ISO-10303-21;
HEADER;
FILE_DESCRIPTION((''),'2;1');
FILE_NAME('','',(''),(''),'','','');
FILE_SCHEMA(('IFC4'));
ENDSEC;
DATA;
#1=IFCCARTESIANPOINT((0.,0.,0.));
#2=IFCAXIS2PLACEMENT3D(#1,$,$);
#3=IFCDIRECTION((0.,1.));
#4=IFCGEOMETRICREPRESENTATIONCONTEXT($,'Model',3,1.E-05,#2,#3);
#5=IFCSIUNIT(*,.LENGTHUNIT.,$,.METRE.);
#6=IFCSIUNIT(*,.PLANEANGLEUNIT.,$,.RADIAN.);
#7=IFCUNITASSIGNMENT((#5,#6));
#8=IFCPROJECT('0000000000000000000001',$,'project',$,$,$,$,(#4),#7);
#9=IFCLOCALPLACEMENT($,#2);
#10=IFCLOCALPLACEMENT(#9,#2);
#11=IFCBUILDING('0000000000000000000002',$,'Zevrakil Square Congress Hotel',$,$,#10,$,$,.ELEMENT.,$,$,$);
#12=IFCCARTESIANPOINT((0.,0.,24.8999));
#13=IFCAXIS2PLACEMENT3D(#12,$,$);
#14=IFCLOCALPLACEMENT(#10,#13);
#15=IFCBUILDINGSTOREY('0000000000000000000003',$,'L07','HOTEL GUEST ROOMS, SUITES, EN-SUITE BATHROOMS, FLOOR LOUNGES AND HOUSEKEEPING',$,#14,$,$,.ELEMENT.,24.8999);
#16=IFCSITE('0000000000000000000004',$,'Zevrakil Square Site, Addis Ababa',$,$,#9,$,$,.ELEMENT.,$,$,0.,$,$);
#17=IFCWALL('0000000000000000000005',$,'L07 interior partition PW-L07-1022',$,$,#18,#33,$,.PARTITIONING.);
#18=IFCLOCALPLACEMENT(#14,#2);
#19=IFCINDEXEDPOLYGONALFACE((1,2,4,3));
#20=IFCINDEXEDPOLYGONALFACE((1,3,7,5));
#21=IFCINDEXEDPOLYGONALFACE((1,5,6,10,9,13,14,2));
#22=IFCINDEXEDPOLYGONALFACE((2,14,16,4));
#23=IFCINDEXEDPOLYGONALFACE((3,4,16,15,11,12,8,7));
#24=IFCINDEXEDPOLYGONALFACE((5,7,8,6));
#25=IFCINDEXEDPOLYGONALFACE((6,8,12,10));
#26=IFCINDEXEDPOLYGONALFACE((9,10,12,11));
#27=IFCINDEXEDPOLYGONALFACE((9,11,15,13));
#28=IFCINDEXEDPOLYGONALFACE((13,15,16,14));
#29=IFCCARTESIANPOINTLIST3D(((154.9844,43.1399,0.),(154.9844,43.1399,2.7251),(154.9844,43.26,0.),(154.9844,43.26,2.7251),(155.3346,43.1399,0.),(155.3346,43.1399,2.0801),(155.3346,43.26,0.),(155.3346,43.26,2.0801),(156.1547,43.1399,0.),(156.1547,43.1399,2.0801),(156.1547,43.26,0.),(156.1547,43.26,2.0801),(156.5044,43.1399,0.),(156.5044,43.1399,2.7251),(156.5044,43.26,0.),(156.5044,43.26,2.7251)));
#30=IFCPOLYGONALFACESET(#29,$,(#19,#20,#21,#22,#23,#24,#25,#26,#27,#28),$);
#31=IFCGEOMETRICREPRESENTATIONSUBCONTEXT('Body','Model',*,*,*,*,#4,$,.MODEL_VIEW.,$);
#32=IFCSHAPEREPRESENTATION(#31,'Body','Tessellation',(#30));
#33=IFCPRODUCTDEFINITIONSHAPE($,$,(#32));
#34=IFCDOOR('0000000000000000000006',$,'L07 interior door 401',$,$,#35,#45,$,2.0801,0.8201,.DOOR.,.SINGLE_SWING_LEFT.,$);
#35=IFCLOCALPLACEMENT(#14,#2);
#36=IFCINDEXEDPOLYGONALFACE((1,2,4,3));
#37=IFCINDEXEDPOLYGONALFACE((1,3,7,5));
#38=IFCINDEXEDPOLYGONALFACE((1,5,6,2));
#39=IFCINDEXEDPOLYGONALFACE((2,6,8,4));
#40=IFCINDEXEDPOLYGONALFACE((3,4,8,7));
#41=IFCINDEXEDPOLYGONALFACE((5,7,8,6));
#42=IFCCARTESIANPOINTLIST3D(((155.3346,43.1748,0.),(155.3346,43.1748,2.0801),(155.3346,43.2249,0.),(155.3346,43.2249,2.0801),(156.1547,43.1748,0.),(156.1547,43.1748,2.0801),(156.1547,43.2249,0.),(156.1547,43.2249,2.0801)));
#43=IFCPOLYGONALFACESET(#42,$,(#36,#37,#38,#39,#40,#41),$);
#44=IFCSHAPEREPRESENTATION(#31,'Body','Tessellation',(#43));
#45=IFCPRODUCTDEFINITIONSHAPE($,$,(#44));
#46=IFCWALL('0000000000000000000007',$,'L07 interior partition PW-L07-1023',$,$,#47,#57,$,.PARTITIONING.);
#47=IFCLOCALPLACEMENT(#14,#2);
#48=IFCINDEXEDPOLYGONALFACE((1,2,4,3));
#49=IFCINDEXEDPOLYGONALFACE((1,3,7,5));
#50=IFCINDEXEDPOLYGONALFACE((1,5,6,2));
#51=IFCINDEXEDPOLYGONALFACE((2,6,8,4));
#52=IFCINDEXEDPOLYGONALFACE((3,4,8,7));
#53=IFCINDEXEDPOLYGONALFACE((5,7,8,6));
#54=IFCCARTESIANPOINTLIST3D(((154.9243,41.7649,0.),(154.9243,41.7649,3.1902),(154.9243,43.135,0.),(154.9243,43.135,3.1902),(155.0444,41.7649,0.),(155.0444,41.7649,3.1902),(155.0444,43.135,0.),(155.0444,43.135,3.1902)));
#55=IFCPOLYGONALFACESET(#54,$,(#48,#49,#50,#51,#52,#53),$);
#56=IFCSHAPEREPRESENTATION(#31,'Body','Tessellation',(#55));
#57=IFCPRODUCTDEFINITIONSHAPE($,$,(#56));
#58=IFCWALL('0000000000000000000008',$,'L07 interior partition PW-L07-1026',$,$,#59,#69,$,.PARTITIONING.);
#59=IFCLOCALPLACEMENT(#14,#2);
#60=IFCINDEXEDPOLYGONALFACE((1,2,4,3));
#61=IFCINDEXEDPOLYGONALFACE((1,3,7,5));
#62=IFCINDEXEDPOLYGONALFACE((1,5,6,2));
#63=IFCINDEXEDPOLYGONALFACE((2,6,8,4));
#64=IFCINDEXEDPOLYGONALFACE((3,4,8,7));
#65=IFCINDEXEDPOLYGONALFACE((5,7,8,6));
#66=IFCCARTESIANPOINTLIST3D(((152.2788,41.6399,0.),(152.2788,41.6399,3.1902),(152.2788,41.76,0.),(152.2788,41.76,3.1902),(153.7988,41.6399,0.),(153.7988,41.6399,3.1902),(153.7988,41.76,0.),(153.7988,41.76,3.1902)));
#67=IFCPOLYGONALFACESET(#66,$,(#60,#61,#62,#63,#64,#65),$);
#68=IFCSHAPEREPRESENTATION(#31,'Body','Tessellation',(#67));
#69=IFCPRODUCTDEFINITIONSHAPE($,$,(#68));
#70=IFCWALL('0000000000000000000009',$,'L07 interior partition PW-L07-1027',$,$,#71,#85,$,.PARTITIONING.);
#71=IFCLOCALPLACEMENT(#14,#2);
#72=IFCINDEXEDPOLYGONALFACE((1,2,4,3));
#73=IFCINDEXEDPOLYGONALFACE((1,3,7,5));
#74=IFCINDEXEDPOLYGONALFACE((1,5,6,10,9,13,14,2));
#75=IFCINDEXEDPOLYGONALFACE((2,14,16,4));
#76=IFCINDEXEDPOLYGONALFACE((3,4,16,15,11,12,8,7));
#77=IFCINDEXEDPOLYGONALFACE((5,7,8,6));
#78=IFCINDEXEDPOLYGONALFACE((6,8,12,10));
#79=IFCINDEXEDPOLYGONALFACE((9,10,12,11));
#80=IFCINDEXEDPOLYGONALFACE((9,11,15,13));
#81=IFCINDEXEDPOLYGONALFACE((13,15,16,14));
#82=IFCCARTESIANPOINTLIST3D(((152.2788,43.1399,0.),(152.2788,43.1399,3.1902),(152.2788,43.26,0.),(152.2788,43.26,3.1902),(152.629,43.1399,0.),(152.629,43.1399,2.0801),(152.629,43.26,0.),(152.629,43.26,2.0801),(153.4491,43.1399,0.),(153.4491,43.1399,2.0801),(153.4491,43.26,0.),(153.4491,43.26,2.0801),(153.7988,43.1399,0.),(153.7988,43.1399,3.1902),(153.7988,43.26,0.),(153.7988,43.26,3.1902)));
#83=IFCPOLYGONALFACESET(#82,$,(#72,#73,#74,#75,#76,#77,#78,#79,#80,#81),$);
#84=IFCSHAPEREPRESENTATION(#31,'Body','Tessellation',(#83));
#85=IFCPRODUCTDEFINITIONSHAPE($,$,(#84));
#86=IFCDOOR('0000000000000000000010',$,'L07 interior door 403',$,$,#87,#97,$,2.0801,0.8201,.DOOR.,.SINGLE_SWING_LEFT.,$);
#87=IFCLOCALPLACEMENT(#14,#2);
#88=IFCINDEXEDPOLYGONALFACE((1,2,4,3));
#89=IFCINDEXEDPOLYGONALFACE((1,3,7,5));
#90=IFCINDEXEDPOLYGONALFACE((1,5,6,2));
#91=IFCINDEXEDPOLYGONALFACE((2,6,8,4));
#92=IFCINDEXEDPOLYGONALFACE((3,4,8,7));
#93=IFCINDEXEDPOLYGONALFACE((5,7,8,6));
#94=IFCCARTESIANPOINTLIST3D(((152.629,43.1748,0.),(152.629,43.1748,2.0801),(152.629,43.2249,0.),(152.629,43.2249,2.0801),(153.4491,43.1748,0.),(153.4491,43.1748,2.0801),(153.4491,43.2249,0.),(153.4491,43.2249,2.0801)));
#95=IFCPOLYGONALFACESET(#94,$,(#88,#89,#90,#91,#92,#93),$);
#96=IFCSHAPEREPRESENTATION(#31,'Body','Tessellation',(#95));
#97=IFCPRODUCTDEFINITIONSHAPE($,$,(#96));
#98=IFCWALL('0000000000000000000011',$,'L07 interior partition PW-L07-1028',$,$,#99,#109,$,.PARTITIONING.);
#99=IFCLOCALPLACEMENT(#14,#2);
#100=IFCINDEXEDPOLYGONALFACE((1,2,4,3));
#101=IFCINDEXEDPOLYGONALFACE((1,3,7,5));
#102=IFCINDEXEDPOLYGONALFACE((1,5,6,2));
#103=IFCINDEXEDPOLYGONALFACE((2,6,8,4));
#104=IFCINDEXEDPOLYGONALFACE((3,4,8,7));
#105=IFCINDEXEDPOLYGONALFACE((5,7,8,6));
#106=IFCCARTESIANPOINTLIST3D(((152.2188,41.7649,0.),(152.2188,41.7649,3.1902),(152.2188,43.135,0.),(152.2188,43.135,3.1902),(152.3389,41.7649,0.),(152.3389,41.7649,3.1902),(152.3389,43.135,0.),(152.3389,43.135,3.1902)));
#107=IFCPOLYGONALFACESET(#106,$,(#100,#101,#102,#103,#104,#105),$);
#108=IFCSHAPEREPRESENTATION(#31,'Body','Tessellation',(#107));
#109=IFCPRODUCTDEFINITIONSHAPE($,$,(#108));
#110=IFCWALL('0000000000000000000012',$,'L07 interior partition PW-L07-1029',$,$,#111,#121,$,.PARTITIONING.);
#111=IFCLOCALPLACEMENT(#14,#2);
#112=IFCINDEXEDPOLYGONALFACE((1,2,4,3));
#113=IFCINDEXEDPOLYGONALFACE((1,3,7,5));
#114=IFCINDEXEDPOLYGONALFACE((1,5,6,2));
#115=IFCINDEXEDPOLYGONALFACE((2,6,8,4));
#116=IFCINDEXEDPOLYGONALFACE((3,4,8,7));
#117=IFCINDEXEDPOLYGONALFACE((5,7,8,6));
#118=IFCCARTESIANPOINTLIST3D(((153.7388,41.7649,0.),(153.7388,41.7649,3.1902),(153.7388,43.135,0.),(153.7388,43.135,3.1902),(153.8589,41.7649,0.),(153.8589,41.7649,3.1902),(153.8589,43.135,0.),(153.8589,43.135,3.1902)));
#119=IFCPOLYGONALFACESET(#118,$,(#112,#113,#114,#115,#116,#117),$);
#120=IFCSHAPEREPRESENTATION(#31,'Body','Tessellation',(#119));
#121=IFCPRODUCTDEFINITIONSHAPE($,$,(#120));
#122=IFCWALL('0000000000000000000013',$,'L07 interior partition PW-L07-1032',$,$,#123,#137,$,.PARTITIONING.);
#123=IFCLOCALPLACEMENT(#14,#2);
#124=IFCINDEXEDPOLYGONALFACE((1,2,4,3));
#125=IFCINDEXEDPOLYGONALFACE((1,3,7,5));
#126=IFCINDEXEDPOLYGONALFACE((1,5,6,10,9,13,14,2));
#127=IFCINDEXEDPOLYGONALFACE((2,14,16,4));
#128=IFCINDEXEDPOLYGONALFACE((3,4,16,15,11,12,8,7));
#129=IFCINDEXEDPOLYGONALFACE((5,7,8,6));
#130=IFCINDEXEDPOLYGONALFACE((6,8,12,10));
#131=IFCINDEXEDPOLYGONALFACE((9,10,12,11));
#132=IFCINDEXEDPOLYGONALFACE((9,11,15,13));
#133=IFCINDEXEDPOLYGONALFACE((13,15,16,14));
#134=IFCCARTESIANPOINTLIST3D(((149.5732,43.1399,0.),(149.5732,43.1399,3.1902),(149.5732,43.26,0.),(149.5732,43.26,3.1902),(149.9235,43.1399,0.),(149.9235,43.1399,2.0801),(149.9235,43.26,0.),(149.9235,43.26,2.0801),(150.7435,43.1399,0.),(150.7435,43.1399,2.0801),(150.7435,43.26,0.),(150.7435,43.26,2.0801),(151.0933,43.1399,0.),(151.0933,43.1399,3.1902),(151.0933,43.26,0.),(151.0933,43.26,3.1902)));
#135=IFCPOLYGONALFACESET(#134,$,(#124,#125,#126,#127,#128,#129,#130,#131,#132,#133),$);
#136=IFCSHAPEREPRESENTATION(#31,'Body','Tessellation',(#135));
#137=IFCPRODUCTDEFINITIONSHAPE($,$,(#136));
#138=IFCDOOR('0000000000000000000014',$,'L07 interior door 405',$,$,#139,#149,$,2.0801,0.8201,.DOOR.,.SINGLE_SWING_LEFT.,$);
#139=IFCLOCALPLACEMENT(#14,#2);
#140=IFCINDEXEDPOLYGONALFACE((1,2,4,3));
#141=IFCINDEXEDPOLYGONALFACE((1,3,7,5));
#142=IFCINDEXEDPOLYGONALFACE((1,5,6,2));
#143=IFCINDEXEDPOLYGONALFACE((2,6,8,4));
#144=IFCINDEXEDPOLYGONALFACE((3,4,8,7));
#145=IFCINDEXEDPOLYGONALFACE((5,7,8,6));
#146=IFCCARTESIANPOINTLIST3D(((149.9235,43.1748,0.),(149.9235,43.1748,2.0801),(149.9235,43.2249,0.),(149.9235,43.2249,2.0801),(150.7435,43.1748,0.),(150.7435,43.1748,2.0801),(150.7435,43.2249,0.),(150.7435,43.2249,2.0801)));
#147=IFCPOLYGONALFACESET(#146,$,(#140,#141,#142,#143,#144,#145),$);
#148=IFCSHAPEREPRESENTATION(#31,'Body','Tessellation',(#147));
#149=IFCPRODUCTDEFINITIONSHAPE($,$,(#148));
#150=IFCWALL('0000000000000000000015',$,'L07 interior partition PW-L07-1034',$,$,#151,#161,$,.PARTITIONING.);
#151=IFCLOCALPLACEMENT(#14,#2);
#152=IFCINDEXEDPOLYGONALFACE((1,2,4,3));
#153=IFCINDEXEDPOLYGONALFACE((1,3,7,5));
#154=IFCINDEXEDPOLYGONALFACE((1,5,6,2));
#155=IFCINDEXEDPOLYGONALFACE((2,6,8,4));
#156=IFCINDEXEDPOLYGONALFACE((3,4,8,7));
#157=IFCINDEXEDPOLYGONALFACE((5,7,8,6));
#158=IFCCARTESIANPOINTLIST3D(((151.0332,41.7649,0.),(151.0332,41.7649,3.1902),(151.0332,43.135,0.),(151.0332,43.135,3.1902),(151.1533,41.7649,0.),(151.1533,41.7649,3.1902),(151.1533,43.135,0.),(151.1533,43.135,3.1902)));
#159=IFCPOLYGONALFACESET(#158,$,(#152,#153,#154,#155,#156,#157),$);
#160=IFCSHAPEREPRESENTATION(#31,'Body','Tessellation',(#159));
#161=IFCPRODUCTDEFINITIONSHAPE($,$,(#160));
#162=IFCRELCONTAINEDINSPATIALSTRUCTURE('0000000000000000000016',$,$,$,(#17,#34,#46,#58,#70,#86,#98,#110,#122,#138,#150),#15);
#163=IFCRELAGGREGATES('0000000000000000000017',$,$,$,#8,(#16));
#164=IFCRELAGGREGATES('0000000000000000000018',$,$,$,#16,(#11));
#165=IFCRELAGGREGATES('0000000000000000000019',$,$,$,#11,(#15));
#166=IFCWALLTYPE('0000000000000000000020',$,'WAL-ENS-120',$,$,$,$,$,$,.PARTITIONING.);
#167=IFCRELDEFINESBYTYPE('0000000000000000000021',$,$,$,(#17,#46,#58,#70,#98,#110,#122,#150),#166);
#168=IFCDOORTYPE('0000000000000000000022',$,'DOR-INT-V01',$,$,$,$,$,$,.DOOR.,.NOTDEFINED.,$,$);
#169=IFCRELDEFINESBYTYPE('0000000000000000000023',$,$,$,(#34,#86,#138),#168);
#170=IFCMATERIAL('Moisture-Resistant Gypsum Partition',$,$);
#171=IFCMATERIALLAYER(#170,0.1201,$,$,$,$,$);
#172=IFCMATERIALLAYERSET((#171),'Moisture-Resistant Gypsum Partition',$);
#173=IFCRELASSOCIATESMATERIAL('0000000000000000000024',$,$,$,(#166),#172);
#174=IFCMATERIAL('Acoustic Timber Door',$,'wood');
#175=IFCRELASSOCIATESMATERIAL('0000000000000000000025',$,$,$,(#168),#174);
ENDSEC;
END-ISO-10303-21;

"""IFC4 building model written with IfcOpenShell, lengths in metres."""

from ifc_helpers import new_model, si_unit, direction, frame, frame_2d, origin, place, context, subcontext, project, spatial, rectangle, extrude, material, layer, layer_set, type_object, element, fill, save


model = new_model("IFC4")

# Units and contexts
model_context = context("Model", 3, precision=1e-05, world=origin(), true_north=direction((0.0, 1.0)))
body_context = subcontext(model_context, "Body", "Model", "MODEL_VIEW")
ifc_project = project(units=[si_unit("LENGTHUNIT", "METRE"), si_unit("PLANEANGLEUNIT", "RADIAN")], contexts=[model_context])

# Site, building, storey
site_placement = place(None, origin())
site = spatial("IfcSite", under=ifc_project, at=site_placement, Name="Zevrakil Square Site, Addis Ababa", CompositionType="ELEMENT", RefElevation=0.0)
building_placement = place(site_placement, origin())
building = spatial("IfcBuilding", under=site, at=building_placement, Name="Zevrakil Square Congress Hotel", CompositionType="ELEMENT")
storey_placement = place(building_placement, frame((0.0, 0.0, 24.8999)))
storey = spatial("IfcBuildingStorey", under=building, at=storey_placement, Name="L07", Description="HOTEL GUEST ROOMS, SUITES, EN-SUITE BATHROOMS, FLOOR LOUNGES AND HOUSEKEEPING", CompositionType="ELEMENT", Elevation=24.8999)

# Shared definitions
ifc_material_1 = material(Name="Moisture-Resistant Gypsum Partition")
ifc_layer_1 = layer(ifc_material_1, 0.1201)
ifc_layer_set_1 = layer_set([ifc_layer_1], Name="Moisture-Resistant Gypsum Partition")
wall_type_1 = type_object("IfcWallType", Name="WAL-ENS-120", PredefinedType="PARTITIONING", material=ifc_layer_set_1)

# Wall, opening, door
wall_1_placement = place(storey_placement, frame((154.9844, 43.2, 0.0), z_axis=(0.0, 0.0, 1.0), x_axis=(1.0, 0.0, 0.0)))
wall_1 = element("IfcWall", 1, at=wall_1_placement, inside=storey, type_object=wall_type_1, Name="L07 interior partition PW-L07-1022", PredefinedType="PARTITIONING", context=body_context, shape_type="SweptSolid", body=[
    extrude(rectangle(XDim=1.52, YDim=0.1201, at=frame_2d((0.76, 0.0))), origin(), (0.0, 0.0, 1.0), 2.7251),
])
opening_1_placement = place(wall_1_placement, frame((0.3501, 0.0, 0.0)))
opening_1 = element("IfcOpeningElement", 2, at=opening_1_placement, cuts=wall_1, PredefinedType="OPENING", context=body_context, shape_type="SweptSolid", body=[
    extrude(rectangle(XDim=0.8201, YDim=2.0801, at=frame_2d((0.4102, 1.04))), frame((0.0, 0.0701, 0.0), z_axis=(0.0, -1.0, 0.0), x_axis=(1.0, 0.0, 0.0)), (0.0, 0.0, 1.0), 0.1401),
])
ifc_material_2 = material(Name="Acoustic Timber Door", Category="wood")
door_type_1 = type_object("IfcDoorType", Name="DOR-INT-V01", OperationType="NOTDEFINED", PredefinedType="DOOR", material=ifc_material_2)
door_1_placement = place(opening_1_placement, origin())
door_1 = element("IfcDoor", 3, at=door_1_placement, inside=storey, type_object=door_type_1, Name="L07 interior door 401", OperationType="SINGLE_SWING_LEFT", OverallHeight=2.0801, OverallWidth=0.8201, PredefinedType="DOOR", context=body_context, shape_type="SweptSolid", body=[
    extrude(rectangle(XDim=0.8201, YDim=2.0801, at=frame_2d((0.4102, 1.04))), frame((0.0, 0.0249, 0.0), z_axis=(0.0, -1.0, 0.0), x_axis=(1.0, 0.0, 0.0)), (0.0, 0.0, 1.0), 0.05),
])
fill(opening_1, door_1)

# Walls
wall_2_placement = place(storey_placement, frame((154.9844, 41.7649, 0.0), z_axis=(0.0, 0.0, 1.0), x_axis=(0.0, 1.0, 0.0)))
element("IfcWall", 4, at=wall_2_placement, inside=storey, type_object=wall_type_1, Name="L07 interior partition PW-L07-1023", PredefinedType="PARTITIONING", context=body_context, shape_type="SweptSolid", body=[
    extrude(rectangle(XDim=1.3701, YDim=0.1201, at=frame_2d((0.6851, 0.0))), origin(), (0.0, 0.0, 1.0), 3.1902),
])
wall_3_placement = place(storey_placement, frame((152.2788, 41.7, 0.0), z_axis=(0.0, 0.0, 1.0), x_axis=(1.0, 0.0, 0.0)))
element("IfcWall", 5, at=wall_3_placement, inside=storey, type_object=wall_type_1, Name="L07 interior partition PW-L07-1026", PredefinedType="PARTITIONING", context=body_context, shape_type="SweptSolid", body=[
    extrude(rectangle(XDim=1.52, YDim=0.1201, at=frame_2d((0.76, 0.0))), origin(), (0.0, 0.0, 1.0), 3.1902),
])

# Wall, opening, door
wall_4_placement = place(storey_placement, frame((152.2788, 43.2, 0.0), z_axis=(0.0, 0.0, 1.0), x_axis=(1.0, 0.0, 0.0)))
wall_4 = element("IfcWall", 6, at=wall_4_placement, inside=storey, type_object=wall_type_1, Name="L07 interior partition PW-L07-1027", PredefinedType="PARTITIONING", context=body_context, shape_type="SweptSolid", body=[
    extrude(rectangle(XDim=1.52, YDim=0.1201, at=frame_2d((0.76, 0.0))), origin(), (0.0, 0.0, 1.0), 3.1902),
])
opening_2_placement = place(wall_4_placement, frame((0.3501, 0.0, 0.0)))
opening_2 = element("IfcOpeningElement", 7, at=opening_2_placement, cuts=wall_4, PredefinedType="OPENING", context=body_context, shape_type="SweptSolid", body=[
    extrude(rectangle(XDim=0.8201, YDim=2.0801, at=frame_2d((0.4102, 1.04))), frame((0.0, 0.0701, 0.0), z_axis=(0.0, -1.0, 0.0), x_axis=(1.0, 0.0, 0.0)), (0.0, 0.0, 1.0), 0.1401),
])
door_2_placement = place(opening_2_placement, origin())
door_2 = element("IfcDoor", 8, at=door_2_placement, inside=storey, type_object=door_type_1, Name="L07 interior door 403", OperationType="SINGLE_SWING_LEFT", OverallHeight=2.0801, OverallWidth=0.8201, PredefinedType="DOOR", context=body_context, shape_type="SweptSolid", body=[
    extrude(rectangle(XDim=0.8201, YDim=2.0801, at=frame_2d((0.4102, 1.04))), frame((0.0, 0.0249, 0.0), z_axis=(0.0, -1.0, 0.0), x_axis=(1.0, 0.0, 0.0)), (0.0, 0.0, 1.0), 0.05),
])
fill(opening_2, door_2)

# Walls
for number, where, z_axis, x_axis, name in (
    (9, (152.2788, 41.7649, 0.0), (0.0, 0.0, 1.0), (0.0, 1.0, 0.0), "L07 interior partition PW-L07-1028"),
    (10, (153.7988, 41.7649, 0.0), (0.0, 0.0, 1.0), (0.0, 1.0, 0.0), "L07 interior partition PW-L07-1029"),
):
    element("IfcWall", number, at=place(storey_placement, frame(where, z_axis=z_axis, x_axis=x_axis)), inside=storey, type_object=wall_type_1, Name=name, PredefinedType="PARTITIONING", context=body_context, shape_type="SweptSolid", body=[
        extrude(rectangle(XDim=1.3701, YDim=0.1201, at=frame_2d((0.6851, 0.0))), origin(), (0.0, 0.0, 1.0), 3.1902),
    ])

# Wall, opening, door
wall_5_placement = place(storey_placement, frame((149.5732, 43.2, 0.0), z_axis=(0.0, 0.0, 1.0), x_axis=(1.0, 0.0, 0.0)))
wall_5 = element("IfcWall", 11, at=wall_5_placement, inside=storey, type_object=wall_type_1, Name="L07 interior partition PW-L07-1032", PredefinedType="PARTITIONING", context=body_context, shape_type="SweptSolid", body=[
    extrude(rectangle(XDim=1.52, YDim=0.1201, at=frame_2d((0.76, 0.0))), origin(), (0.0, 0.0, 1.0), 3.1902),
])
opening_3_placement = place(wall_5_placement, frame((0.3501, 0.0, 0.0)))
opening_3 = element("IfcOpeningElement", 12, at=opening_3_placement, cuts=wall_5, PredefinedType="OPENING", context=body_context, shape_type="SweptSolid", body=[
    extrude(rectangle(XDim=0.8201, YDim=2.0801, at=frame_2d((0.4102, 1.04))), frame((0.0, 0.0701, 0.0), z_axis=(0.0, -1.0, 0.0), x_axis=(1.0, 0.0, 0.0)), (0.0, 0.0, 1.0), 0.1401),
])
door_3_placement = place(opening_3_placement, origin())
door_3 = element("IfcDoor", 13, at=door_3_placement, inside=storey, type_object=door_type_1, Name="L07 interior door 405", OperationType="SINGLE_SWING_LEFT", OverallHeight=2.0801, OverallWidth=0.8201, PredefinedType="DOOR", context=body_context, shape_type="SweptSolid", body=[
    extrude(rectangle(XDim=0.8201, YDim=2.0801, at=frame_2d((0.4102, 1.04))), frame((0.0, 0.0249, 0.0), z_axis=(0.0, -1.0, 0.0), x_axis=(1.0, 0.0, 0.0)), (0.0, 0.0, 1.0), 0.05),
])
fill(opening_3, door_3)

# Wall
wall_6_placement = place(storey_placement, frame((151.0933, 41.7649, 0.0), z_axis=(0.0, 0.0, 1.0), x_axis=(0.0, 1.0, 0.0)))
element("IfcWall", 14, at=wall_6_placement, inside=storey, type_object=wall_type_1, Name="L07 interior partition PW-L07-1034", PredefinedType="PARTITIONING", context=body_context, shape_type="SweptSolid", body=[
    extrude(rectangle(XDim=1.3701, YDim=0.1201, at=frame_2d((0.6851, 0.0))), origin(), (0.0, 0.0, 1.0), 3.1902),
])

save(model, "model.ifc")
